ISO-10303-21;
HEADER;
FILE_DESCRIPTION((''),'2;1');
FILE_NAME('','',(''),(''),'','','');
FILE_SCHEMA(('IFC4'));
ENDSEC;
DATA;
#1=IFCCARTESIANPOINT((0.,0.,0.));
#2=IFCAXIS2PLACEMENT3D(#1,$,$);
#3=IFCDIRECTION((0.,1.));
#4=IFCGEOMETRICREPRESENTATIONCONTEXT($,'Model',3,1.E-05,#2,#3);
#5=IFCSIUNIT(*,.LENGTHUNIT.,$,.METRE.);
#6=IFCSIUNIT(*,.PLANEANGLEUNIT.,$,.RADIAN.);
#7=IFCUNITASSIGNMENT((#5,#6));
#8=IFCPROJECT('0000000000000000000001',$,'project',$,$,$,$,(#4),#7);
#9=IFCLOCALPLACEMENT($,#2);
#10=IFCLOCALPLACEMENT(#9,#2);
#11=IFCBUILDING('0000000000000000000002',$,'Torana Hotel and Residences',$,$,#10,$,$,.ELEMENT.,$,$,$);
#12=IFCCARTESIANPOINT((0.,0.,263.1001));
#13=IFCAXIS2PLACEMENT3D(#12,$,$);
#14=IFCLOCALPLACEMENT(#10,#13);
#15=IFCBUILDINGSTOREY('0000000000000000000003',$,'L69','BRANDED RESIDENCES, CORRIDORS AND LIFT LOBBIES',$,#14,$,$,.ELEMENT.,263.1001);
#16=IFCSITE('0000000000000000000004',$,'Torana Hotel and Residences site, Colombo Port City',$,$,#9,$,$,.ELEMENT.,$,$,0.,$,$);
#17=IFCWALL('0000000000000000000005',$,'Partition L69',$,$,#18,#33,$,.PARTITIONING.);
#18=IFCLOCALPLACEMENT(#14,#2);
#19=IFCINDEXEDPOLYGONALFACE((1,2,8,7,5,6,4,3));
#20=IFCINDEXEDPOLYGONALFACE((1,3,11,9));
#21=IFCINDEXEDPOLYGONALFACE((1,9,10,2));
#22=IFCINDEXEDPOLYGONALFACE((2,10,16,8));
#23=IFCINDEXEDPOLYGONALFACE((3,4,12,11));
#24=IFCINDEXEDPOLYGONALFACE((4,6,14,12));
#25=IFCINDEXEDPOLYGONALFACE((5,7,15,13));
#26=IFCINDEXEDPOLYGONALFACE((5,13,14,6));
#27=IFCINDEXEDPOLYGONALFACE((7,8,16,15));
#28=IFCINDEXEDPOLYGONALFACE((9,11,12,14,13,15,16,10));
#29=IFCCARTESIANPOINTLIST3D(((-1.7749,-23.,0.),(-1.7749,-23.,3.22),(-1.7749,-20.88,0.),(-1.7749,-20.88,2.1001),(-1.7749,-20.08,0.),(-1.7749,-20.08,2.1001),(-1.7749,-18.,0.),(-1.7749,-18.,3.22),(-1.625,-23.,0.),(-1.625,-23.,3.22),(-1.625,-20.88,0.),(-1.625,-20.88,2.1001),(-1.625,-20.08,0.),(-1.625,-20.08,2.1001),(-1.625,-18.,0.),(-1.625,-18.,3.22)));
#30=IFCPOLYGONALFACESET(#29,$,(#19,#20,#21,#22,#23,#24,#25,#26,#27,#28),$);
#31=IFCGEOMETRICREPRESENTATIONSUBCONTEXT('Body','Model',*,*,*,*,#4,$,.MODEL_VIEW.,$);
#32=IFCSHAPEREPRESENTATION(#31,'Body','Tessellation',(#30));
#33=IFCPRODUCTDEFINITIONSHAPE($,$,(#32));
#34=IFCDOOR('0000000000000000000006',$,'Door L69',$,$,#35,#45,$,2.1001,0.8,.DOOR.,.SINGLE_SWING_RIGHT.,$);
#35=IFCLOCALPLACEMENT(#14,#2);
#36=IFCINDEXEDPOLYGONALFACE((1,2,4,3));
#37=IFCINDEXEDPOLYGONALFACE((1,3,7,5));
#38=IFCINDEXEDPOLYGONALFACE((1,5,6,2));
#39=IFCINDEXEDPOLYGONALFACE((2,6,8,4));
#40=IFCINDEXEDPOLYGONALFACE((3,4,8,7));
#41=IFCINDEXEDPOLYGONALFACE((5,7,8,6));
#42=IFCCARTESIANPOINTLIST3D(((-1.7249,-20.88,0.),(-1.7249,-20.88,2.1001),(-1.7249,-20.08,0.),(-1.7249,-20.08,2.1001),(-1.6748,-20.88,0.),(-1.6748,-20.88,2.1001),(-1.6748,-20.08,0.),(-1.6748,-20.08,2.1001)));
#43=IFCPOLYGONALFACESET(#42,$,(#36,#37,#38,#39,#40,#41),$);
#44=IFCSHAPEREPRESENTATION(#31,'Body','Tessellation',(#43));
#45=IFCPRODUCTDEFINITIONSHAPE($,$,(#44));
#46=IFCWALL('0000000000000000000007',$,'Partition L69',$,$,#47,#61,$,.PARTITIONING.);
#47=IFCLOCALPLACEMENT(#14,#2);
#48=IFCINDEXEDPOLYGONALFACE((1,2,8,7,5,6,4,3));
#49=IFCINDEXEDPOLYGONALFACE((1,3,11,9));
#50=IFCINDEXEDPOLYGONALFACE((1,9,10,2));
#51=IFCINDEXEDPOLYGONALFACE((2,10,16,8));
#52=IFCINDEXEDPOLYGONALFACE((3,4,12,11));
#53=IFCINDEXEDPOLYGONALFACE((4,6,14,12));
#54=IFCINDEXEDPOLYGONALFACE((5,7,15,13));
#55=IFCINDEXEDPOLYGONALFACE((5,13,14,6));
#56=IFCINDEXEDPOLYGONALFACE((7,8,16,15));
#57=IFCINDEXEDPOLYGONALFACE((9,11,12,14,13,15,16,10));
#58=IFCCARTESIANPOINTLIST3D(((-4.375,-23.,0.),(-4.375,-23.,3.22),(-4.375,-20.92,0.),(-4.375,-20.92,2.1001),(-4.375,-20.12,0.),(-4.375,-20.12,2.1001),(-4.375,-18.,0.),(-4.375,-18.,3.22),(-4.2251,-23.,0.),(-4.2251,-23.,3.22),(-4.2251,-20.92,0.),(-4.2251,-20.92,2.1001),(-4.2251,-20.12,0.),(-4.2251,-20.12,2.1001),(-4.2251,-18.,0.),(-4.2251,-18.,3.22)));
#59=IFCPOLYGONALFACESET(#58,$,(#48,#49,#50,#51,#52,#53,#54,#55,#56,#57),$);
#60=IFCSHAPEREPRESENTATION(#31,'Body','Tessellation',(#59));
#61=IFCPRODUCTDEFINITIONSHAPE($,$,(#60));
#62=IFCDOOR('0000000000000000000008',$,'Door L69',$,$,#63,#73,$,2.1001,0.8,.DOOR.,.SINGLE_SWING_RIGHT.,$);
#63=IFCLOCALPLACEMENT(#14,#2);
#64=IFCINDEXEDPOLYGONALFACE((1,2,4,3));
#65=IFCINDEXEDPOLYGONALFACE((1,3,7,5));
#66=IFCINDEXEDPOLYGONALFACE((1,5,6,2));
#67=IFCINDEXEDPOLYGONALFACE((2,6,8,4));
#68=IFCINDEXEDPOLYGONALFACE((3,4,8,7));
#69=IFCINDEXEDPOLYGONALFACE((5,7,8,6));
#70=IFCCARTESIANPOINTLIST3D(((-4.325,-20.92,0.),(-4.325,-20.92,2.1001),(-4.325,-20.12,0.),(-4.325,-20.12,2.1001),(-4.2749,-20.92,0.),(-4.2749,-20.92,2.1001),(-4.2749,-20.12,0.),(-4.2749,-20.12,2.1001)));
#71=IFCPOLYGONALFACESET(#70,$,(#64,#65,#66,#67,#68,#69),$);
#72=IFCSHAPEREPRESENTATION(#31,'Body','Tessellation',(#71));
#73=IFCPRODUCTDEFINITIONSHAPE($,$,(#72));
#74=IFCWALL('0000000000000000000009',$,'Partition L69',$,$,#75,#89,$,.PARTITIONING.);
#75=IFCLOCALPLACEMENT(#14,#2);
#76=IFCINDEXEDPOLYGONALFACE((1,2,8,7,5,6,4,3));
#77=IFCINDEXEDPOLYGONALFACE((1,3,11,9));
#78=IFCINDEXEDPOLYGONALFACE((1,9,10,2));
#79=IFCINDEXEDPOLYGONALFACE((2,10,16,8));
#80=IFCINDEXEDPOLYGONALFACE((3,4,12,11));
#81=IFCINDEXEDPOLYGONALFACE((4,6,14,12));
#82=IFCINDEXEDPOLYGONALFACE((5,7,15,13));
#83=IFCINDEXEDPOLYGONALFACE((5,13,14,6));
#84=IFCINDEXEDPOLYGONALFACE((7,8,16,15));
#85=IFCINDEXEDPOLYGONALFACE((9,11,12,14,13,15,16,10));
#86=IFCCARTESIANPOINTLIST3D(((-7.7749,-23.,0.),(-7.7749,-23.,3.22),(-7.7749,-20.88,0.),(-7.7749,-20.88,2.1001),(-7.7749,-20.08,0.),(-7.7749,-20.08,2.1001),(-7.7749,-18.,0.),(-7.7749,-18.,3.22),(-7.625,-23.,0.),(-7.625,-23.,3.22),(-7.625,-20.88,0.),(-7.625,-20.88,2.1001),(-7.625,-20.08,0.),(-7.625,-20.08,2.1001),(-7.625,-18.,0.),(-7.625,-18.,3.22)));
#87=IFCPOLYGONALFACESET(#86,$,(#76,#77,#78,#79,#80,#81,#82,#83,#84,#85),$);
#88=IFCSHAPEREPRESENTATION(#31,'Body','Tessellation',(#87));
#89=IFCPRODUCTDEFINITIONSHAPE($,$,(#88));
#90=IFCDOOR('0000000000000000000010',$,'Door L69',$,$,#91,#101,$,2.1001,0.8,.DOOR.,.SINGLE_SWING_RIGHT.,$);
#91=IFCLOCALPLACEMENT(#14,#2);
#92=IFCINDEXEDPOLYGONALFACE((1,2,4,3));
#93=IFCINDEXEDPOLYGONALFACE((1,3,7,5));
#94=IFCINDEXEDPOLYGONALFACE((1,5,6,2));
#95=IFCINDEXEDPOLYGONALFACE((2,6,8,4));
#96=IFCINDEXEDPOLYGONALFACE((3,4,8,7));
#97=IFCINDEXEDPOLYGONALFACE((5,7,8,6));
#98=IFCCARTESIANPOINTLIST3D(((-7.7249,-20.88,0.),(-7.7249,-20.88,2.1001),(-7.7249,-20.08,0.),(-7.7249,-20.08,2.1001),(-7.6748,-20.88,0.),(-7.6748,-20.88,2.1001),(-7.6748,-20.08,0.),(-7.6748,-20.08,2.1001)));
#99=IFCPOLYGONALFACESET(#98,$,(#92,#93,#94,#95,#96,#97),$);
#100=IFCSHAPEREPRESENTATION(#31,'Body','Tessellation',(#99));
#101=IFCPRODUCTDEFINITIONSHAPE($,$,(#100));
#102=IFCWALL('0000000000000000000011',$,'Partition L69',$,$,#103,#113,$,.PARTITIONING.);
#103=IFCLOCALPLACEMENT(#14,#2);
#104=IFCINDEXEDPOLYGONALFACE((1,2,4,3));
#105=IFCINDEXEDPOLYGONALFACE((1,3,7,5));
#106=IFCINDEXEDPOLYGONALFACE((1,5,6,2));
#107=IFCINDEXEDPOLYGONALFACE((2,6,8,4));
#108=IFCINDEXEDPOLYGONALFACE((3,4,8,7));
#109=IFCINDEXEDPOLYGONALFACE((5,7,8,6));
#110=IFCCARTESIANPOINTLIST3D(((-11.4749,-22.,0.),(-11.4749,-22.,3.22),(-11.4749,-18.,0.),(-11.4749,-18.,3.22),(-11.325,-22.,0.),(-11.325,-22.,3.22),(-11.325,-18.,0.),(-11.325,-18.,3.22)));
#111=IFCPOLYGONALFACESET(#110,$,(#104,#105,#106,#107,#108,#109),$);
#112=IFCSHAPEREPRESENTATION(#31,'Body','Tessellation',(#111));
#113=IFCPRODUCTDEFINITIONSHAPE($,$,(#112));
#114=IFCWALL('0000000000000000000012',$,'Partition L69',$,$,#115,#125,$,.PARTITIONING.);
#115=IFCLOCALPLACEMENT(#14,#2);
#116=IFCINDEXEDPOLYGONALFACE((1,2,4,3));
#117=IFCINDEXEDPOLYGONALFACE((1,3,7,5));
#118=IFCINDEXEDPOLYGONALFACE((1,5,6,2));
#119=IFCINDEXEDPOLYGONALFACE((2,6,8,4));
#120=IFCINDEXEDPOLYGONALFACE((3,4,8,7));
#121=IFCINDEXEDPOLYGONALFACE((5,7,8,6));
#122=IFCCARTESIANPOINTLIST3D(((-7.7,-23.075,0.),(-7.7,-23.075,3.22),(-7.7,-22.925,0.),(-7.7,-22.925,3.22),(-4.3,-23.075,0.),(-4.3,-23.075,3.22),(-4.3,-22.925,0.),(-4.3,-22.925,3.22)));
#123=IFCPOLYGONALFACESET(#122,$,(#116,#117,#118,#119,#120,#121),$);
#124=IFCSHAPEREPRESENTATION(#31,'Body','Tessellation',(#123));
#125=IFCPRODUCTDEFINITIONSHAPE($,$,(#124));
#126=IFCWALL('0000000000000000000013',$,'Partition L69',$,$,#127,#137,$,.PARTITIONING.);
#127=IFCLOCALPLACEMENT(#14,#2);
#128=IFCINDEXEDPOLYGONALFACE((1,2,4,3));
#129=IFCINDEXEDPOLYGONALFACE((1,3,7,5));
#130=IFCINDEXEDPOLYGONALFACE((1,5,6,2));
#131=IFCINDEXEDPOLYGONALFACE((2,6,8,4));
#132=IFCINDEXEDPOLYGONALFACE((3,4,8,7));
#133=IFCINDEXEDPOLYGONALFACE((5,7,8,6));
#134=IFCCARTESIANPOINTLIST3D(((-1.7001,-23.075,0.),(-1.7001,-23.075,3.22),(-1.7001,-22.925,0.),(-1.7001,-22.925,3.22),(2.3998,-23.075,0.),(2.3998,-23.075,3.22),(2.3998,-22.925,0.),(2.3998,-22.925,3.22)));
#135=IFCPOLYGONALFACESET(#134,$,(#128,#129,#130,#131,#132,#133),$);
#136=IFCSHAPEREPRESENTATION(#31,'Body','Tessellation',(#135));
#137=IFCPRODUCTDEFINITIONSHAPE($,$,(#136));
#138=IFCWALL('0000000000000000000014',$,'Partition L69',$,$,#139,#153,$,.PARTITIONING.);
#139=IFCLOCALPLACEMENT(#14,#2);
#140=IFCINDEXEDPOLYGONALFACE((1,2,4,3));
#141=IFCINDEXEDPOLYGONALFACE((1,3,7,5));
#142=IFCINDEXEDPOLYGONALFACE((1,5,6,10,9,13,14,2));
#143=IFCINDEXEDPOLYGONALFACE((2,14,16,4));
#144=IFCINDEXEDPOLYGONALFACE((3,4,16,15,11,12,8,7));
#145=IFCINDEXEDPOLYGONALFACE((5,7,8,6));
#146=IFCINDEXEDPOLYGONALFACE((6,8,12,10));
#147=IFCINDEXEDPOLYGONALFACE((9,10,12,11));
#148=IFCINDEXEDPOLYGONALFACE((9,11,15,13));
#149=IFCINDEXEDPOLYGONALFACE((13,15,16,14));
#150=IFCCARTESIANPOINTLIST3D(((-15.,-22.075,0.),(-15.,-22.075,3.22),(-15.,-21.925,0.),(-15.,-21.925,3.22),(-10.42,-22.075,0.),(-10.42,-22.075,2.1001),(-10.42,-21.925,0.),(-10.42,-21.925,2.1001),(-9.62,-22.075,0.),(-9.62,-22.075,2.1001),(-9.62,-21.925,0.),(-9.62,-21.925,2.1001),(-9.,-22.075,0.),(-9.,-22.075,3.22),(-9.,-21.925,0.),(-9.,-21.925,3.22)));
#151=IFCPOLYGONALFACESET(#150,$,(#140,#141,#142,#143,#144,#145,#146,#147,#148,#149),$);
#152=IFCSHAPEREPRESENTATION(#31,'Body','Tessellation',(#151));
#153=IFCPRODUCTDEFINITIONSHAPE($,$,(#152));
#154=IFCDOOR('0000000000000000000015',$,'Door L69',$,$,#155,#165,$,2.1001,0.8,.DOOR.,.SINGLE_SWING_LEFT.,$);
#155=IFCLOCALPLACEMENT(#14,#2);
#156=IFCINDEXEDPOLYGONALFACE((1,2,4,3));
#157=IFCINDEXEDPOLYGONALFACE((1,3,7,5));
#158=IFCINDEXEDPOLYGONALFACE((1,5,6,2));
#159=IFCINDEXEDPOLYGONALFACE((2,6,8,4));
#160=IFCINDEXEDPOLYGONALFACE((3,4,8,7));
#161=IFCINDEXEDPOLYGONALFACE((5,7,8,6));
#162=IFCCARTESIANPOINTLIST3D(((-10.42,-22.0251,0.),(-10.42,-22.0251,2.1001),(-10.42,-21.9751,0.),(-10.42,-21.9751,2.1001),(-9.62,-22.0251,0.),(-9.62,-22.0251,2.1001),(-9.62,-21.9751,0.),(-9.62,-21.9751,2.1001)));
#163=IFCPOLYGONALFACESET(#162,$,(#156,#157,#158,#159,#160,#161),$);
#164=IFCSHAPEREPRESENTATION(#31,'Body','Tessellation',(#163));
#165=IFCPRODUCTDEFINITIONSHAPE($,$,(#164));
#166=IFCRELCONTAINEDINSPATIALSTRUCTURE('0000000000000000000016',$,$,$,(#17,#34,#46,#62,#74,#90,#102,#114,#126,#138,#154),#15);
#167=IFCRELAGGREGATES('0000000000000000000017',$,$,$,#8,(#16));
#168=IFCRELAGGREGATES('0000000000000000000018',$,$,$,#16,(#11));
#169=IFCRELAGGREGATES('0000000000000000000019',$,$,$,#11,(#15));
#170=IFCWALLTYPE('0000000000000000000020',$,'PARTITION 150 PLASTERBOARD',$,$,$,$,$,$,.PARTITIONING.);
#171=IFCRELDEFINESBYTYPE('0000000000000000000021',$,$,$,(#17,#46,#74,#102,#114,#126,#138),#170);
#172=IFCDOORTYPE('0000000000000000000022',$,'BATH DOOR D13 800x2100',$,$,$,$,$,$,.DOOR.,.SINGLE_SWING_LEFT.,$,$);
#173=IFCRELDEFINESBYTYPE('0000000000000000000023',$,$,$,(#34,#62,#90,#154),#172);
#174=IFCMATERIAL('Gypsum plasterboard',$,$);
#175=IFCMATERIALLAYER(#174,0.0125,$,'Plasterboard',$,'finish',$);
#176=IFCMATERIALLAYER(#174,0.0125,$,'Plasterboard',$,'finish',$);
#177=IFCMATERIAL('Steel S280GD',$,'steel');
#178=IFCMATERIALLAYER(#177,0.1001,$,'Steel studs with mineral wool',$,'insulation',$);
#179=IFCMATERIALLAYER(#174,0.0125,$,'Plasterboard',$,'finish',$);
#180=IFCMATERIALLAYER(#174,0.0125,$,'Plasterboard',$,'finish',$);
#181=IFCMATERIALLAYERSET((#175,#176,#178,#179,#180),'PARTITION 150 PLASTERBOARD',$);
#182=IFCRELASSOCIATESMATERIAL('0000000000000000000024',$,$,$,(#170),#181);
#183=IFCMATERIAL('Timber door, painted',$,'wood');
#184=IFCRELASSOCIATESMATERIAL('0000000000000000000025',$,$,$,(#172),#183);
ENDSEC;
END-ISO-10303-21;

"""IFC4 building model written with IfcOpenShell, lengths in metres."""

from ifc_helpers import new_model, si_unit, direction, frame, frame_2d, origin, place, context, subcontext, project, spatial, rectangle, extrude, material, layer, layer_set, type_object, element, fill, save


model = new_model("IFC4")

# Units and contexts
model_context = context("Model", 3, precision=1e-05, world=origin(), true_north=direction((0.0, 1.0)))
body_context = subcontext(model_context, "Body", "Model", "MODEL_VIEW")
ifc_project = project(units=[si_unit("LENGTHUNIT", "METRE"), si_unit("PLANEANGLEUNIT", "RADIAN")], contexts=[model_context])

# Site, building, storey
site_placement = place(None, origin())
site = spatial("IfcSite", under=ifc_project, at=site_placement, Name="Torana Hotel and Residences site, Colombo Port City", CompositionType="ELEMENT", RefElevation=0.0)
building_placement = place(site_placement, origin())
building = spatial("IfcBuilding", under=site, at=building_placement, Name="Torana Hotel and Residences", CompositionType="ELEMENT")
storey_placement = place(building_placement, frame((0.0, 0.0, 263.1001)))
storey = spatial("IfcBuildingStorey", under=building, at=storey_placement, Name="L69", Description="BRANDED RESIDENCES, CORRIDORS AND LIFT LOBBIES", CompositionType="ELEMENT", Elevation=263.1001)

# Walls, openings, doors
ifc_material_1 = material(Name="Gypsum plasterboard")
ifc_layer_1 = layer(ifc_material_1, 0.0125, Name="Plasterboard", Category="finish")
ifc_layer_2 = layer(ifc_material_1, 0.0125, Name="Plasterboard", Category="finish")
ifc_material_2 = material(Name="Steel S280GD", Category="steel")
ifc_layer_3 = layer(ifc_material_2, 0.1001, Name="Steel studs with mineral wool", Category="insulation")
ifc_layer_4 = layer(ifc_material_1, 0.0125, Name="Plasterboard", Category="finish")
ifc_layer_5 = layer(ifc_material_1, 0.0125, Name="Plasterboard", Category="finish")
ifc_layer_set_1 = layer_set([ifc_layer_1, ifc_layer_2, ifc_layer_3, ifc_layer_4, ifc_layer_5], Name="PARTITION 150 PLASTERBOARD")
wall_type_1 = type_object("IfcWallType", Name="PARTITION 150 PLASTERBOARD", PredefinedType="PARTITIONING", material=ifc_layer_set_1)
wall_1_placement = place(storey_placement, frame((-1.7, -23.0, 0.0), z_axis=(0.0, 0.0, 1.0), x_axis=(0.0, 1.0, 0.0)))
wall_1 = element("IfcWall", 1, at=wall_1_placement, inside=storey, type_object=wall_type_1, Name="Partition L69", PredefinedType="PARTITIONING", context=body_context, shape_type="SweptSolid", body=[
    extrude(rectangle(XDim=5.0, YDim=0.1499, at=frame_2d((2.5, 0.0))), origin(), (0.0, 0.0, 1.0), 3.22),
])
opening_1_placement = place(wall_1_placement, frame((2.1201, 0.0, 0.0)))
opening_1 = element("IfcOpeningElement", 2, at=opening_1_placement, cuts=wall_1, PredefinedType="OPENING", context=body_context, shape_type="SweptSolid", body=[
    extrude(rectangle(XDim=0.8, YDim=2.1001, at=frame_2d((0.3999, 1.05))), frame((0.0, 0.085, 0.0), z_axis=(0.0, -1.0, 0.0), x_axis=(1.0, 0.0, 0.0)), (0.0, 0.0, 1.0), 0.1699),
])
ifc_material_3 = material(Name="Timber door, painted", Category="wood")
door_type_1 = type_object("IfcDoorType", Name="BATH DOOR D13 800x2100", OperationType="SINGLE_SWING_LEFT", PredefinedType="DOOR", material=ifc_material_3)
door_1_placement = place(opening_1_placement, origin())
door_1 = element("IfcDoor", 3, at=door_1_placement, inside=storey, type_object=door_type_1, Name="Door L69", OperationType="SINGLE_SWING_RIGHT", OverallHeight=2.1001, OverallWidth=0.8, PredefinedType="DOOR", context=body_context, shape_type="SweptSolid", body=[
    extrude(rectangle(XDim=0.8, YDim=2.1001, at=frame_2d((0.3999, 1.05))), frame((0.0, 0.0249, 0.0), z_axis=(0.0, -1.0, 0.0), x_axis=(1.0, 0.0, 0.0)), (0.0, 0.0, 1.0), 0.05),
])
fill(opening_1, door_1)
wall_2_placement = place(storey_placement, frame((-4.3, -23.0, 0.0), z_axis=(0.0, 0.0, 1.0), x_axis=(0.0, 1.0, 0.0)))
wall_2 = element("IfcWall", 4, at=wall_2_placement, inside=storey, type_object=wall_type_1, Name="Partition L69", PredefinedType="PARTITIONING", context=body_context, shape_type="SweptSolid", body=[
    extrude(rectangle(XDim=5.0, YDim=0.1499, at=frame_2d((2.5, 0.0))), origin(), (0.0, 0.0, 1.0), 3.22),
])
opening_2_placement = place(wall_2_placement, frame((2.0801, 0.0, 0.0)))
opening_2 = element("IfcOpeningElement", 5, at=opening_2_placement, cuts=wall_2, PredefinedType="OPENING", context=body_context, shape_type="SweptSolid", body=[
    extrude(rectangle(XDim=0.8, YDim=2.1001, at=frame_2d((0.3999, 1.05))), frame((0.0, 0.085, 0.0), z_axis=(0.0, -1.0, 0.0), x_axis=(1.0, 0.0, 0.0)), (0.0, 0.0, 1.0), 0.1699),
])
door_2_placement = place(opening_2_placement, origin())
door_2 = element("IfcDoor", 6, at=door_2_placement, inside=storey, type_object=door_type_1, Name="Door L69", OperationType="SINGLE_SWING_RIGHT", OverallHeight=2.1001, OverallWidth=0.8, PredefinedType="DOOR", context=body_context, shape_type="SweptSolid", body=[
    extrude(rectangle(XDim=0.8, YDim=2.1001, at=frame_2d((0.3999, 1.05))), frame((0.0, 0.0249, 0.0), z_axis=(0.0, -1.0, 0.0), x_axis=(1.0, 0.0, 0.0)), (0.0, 0.0, 1.0), 0.05),
])
fill(opening_2, door_2)
wall_3_placement = place(storey_placement, frame((-7.7, -23.0, 0.0), z_axis=(0.0, 0.0, 1.0), x_axis=(0.0, 1.0, 0.0)))
wall_3 = element("IfcWall", 7, at=wall_3_placement, inside=storey, type_object=wall_type_1, Name="Partition L69", PredefinedType="PARTITIONING", context=body_context, shape_type="SweptSolid", body=[
    extrude(rectangle(XDim=5.0, YDim=0.1499, at=frame_2d((2.5, 0.0))), origin(), (0.0, 0.0, 1.0), 3.22),
])
opening_3_placement = place(wall_3_placement, frame((2.1201, 0.0, 0.0)))
opening_3 = element("IfcOpeningElement", 8, at=opening_3_placement, cuts=wall_3, PredefinedType="OPENING", context=body_context, shape_type="SweptSolid", body=[
    extrude(rectangle(XDim=0.8, YDim=2.1001, at=frame_2d((0.3999, 1.05))), frame((0.0, 0.085, 0.0), z_axis=(0.0, -1.0, 0.0), x_axis=(1.0, 0.0, 0.0)), (0.0, 0.0, 1.0), 0.1699),
])
door_3_placement = place(opening_3_placement, origin())
door_3 = element("IfcDoor", 9, at=door_3_placement, inside=storey, type_object=door_type_1, Name="Door L69", OperationType="SINGLE_SWING_RIGHT", OverallHeight=2.1001, OverallWidth=0.8, PredefinedType="DOOR", context=body_context, shape_type="SweptSolid", body=[
    extrude(rectangle(XDim=0.8, YDim=2.1001, at=frame_2d((0.3999, 1.05))), frame((0.0, 0.0249, 0.0), z_axis=(0.0, -1.0, 0.0), x_axis=(1.0, 0.0, 0.0)), (0.0, 0.0, 1.0), 0.05),
])
fill(opening_3, door_3)

# Walls
wall_4_placement = place(storey_placement, frame((-11.3999, -22.0, 0.0), z_axis=(0.0, 0.0, 1.0), x_axis=(0.0, 1.0, 0.0)))
element("IfcWall", 10, at=wall_4_placement, inside=storey, type_object=wall_type_1, Name="Partition L69", PredefinedType="PARTITIONING", context=body_context, shape_type="SweptSolid", body=[
    extrude(rectangle(XDim=4.0, YDim=0.1499, at=frame_2d((2.0, 0.0))), origin(), (0.0, 0.0, 1.0), 3.22),
])
wall_5_placement = place(storey_placement, frame((-7.7, -23.0, 0.0), z_axis=(0.0, 0.0, 1.0), x_axis=(1.0, 0.0, 0.0)))
element("IfcWall", 11, at=wall_5_placement, inside=storey, type_object=wall_type_1, Name="Partition L69", PredefinedType="PARTITIONING", context=body_context, shape_type="SweptSolid", body=[
    extrude(rectangle(XDim=3.3999, YDim=0.1499, at=frame_2d((1.7, 0.0))), origin(), (0.0, 0.0, 1.0), 3.22),
])
wall_6_placement = place(storey_placement, frame((-1.7, -23.0, 0.0), z_axis=(0.0, 0.0, 1.0), x_axis=(1.0, 0.0, 0.0)))
element("IfcWall", 12, at=wall_6_placement, inside=storey, type_object=wall_type_1, Name="Partition L69", PredefinedType="PARTITIONING", context=body_context, shape_type="SweptSolid", body=[
    extrude(rectangle(XDim=4.0999, YDim=0.1499, at=frame_2d((2.0498, 0.0))), origin(), (0.0, 0.0, 1.0), 3.22),
])

# Wall, opening, door
wall_7_placement = place(storey_placement, frame((-15.0, -22.0, 0.0), z_axis=(0.0, 0.0, 1.0), x_axis=(1.0, 0.0, 0.0)))
wall_7 = element("IfcWall", 13, at=wall_7_placement, inside=storey, type_object=wall_type_1, Name="Partition L69", PredefinedType="PARTITIONING", context=body_context, shape_type="SweptSolid", body=[
    extrude(rectangle(XDim=6.0, YDim=0.1499, at=frame_2d((3.0, 0.0))), origin(), (0.0, 0.0, 1.0), 3.22),
])
opening_4_placement = place(wall_7_placement, frame((4.5801, 0.0, 0.0)))
opening_4 = element("IfcOpeningElement", 14, at=opening_4_placement, cuts=wall_7, PredefinedType="OPENING", context=body_context, shape_type="SweptSolid", body=[
    extrude(rectangle(XDim=0.8, YDim=2.1001, at=frame_2d((0.3999, 1.05))), frame((0.0, 0.085, 0.0), z_axis=(0.0, -1.0, 0.0), x_axis=(1.0, 0.0, 0.0)), (0.0, 0.0, 1.0), 0.1699),
])
door_4_placement = place(opening_4_placement, origin())
door_4 = element("IfcDoor", 15, at=door_4_placement, inside=storey, type_object=door_type_1, Name="Door L69", OperationType="SINGLE_SWING_LEFT", OverallHeight=2.1001, OverallWidth=0.8, PredefinedType="DOOR", context=body_context, shape_type="SweptSolid", body=[
    extrude(rectangle(XDim=0.8, YDim=2.1001, at=frame_2d((0.3999, 1.05))), frame((0.0, 0.0249, 0.0), z_axis=(0.0, -1.0, 0.0), x_axis=(1.0, 0.0, 0.0)), (0.0, 0.0, 1.0), 0.05),
])
fill(opening_4, door_4)

save(model, "model.ifc")
